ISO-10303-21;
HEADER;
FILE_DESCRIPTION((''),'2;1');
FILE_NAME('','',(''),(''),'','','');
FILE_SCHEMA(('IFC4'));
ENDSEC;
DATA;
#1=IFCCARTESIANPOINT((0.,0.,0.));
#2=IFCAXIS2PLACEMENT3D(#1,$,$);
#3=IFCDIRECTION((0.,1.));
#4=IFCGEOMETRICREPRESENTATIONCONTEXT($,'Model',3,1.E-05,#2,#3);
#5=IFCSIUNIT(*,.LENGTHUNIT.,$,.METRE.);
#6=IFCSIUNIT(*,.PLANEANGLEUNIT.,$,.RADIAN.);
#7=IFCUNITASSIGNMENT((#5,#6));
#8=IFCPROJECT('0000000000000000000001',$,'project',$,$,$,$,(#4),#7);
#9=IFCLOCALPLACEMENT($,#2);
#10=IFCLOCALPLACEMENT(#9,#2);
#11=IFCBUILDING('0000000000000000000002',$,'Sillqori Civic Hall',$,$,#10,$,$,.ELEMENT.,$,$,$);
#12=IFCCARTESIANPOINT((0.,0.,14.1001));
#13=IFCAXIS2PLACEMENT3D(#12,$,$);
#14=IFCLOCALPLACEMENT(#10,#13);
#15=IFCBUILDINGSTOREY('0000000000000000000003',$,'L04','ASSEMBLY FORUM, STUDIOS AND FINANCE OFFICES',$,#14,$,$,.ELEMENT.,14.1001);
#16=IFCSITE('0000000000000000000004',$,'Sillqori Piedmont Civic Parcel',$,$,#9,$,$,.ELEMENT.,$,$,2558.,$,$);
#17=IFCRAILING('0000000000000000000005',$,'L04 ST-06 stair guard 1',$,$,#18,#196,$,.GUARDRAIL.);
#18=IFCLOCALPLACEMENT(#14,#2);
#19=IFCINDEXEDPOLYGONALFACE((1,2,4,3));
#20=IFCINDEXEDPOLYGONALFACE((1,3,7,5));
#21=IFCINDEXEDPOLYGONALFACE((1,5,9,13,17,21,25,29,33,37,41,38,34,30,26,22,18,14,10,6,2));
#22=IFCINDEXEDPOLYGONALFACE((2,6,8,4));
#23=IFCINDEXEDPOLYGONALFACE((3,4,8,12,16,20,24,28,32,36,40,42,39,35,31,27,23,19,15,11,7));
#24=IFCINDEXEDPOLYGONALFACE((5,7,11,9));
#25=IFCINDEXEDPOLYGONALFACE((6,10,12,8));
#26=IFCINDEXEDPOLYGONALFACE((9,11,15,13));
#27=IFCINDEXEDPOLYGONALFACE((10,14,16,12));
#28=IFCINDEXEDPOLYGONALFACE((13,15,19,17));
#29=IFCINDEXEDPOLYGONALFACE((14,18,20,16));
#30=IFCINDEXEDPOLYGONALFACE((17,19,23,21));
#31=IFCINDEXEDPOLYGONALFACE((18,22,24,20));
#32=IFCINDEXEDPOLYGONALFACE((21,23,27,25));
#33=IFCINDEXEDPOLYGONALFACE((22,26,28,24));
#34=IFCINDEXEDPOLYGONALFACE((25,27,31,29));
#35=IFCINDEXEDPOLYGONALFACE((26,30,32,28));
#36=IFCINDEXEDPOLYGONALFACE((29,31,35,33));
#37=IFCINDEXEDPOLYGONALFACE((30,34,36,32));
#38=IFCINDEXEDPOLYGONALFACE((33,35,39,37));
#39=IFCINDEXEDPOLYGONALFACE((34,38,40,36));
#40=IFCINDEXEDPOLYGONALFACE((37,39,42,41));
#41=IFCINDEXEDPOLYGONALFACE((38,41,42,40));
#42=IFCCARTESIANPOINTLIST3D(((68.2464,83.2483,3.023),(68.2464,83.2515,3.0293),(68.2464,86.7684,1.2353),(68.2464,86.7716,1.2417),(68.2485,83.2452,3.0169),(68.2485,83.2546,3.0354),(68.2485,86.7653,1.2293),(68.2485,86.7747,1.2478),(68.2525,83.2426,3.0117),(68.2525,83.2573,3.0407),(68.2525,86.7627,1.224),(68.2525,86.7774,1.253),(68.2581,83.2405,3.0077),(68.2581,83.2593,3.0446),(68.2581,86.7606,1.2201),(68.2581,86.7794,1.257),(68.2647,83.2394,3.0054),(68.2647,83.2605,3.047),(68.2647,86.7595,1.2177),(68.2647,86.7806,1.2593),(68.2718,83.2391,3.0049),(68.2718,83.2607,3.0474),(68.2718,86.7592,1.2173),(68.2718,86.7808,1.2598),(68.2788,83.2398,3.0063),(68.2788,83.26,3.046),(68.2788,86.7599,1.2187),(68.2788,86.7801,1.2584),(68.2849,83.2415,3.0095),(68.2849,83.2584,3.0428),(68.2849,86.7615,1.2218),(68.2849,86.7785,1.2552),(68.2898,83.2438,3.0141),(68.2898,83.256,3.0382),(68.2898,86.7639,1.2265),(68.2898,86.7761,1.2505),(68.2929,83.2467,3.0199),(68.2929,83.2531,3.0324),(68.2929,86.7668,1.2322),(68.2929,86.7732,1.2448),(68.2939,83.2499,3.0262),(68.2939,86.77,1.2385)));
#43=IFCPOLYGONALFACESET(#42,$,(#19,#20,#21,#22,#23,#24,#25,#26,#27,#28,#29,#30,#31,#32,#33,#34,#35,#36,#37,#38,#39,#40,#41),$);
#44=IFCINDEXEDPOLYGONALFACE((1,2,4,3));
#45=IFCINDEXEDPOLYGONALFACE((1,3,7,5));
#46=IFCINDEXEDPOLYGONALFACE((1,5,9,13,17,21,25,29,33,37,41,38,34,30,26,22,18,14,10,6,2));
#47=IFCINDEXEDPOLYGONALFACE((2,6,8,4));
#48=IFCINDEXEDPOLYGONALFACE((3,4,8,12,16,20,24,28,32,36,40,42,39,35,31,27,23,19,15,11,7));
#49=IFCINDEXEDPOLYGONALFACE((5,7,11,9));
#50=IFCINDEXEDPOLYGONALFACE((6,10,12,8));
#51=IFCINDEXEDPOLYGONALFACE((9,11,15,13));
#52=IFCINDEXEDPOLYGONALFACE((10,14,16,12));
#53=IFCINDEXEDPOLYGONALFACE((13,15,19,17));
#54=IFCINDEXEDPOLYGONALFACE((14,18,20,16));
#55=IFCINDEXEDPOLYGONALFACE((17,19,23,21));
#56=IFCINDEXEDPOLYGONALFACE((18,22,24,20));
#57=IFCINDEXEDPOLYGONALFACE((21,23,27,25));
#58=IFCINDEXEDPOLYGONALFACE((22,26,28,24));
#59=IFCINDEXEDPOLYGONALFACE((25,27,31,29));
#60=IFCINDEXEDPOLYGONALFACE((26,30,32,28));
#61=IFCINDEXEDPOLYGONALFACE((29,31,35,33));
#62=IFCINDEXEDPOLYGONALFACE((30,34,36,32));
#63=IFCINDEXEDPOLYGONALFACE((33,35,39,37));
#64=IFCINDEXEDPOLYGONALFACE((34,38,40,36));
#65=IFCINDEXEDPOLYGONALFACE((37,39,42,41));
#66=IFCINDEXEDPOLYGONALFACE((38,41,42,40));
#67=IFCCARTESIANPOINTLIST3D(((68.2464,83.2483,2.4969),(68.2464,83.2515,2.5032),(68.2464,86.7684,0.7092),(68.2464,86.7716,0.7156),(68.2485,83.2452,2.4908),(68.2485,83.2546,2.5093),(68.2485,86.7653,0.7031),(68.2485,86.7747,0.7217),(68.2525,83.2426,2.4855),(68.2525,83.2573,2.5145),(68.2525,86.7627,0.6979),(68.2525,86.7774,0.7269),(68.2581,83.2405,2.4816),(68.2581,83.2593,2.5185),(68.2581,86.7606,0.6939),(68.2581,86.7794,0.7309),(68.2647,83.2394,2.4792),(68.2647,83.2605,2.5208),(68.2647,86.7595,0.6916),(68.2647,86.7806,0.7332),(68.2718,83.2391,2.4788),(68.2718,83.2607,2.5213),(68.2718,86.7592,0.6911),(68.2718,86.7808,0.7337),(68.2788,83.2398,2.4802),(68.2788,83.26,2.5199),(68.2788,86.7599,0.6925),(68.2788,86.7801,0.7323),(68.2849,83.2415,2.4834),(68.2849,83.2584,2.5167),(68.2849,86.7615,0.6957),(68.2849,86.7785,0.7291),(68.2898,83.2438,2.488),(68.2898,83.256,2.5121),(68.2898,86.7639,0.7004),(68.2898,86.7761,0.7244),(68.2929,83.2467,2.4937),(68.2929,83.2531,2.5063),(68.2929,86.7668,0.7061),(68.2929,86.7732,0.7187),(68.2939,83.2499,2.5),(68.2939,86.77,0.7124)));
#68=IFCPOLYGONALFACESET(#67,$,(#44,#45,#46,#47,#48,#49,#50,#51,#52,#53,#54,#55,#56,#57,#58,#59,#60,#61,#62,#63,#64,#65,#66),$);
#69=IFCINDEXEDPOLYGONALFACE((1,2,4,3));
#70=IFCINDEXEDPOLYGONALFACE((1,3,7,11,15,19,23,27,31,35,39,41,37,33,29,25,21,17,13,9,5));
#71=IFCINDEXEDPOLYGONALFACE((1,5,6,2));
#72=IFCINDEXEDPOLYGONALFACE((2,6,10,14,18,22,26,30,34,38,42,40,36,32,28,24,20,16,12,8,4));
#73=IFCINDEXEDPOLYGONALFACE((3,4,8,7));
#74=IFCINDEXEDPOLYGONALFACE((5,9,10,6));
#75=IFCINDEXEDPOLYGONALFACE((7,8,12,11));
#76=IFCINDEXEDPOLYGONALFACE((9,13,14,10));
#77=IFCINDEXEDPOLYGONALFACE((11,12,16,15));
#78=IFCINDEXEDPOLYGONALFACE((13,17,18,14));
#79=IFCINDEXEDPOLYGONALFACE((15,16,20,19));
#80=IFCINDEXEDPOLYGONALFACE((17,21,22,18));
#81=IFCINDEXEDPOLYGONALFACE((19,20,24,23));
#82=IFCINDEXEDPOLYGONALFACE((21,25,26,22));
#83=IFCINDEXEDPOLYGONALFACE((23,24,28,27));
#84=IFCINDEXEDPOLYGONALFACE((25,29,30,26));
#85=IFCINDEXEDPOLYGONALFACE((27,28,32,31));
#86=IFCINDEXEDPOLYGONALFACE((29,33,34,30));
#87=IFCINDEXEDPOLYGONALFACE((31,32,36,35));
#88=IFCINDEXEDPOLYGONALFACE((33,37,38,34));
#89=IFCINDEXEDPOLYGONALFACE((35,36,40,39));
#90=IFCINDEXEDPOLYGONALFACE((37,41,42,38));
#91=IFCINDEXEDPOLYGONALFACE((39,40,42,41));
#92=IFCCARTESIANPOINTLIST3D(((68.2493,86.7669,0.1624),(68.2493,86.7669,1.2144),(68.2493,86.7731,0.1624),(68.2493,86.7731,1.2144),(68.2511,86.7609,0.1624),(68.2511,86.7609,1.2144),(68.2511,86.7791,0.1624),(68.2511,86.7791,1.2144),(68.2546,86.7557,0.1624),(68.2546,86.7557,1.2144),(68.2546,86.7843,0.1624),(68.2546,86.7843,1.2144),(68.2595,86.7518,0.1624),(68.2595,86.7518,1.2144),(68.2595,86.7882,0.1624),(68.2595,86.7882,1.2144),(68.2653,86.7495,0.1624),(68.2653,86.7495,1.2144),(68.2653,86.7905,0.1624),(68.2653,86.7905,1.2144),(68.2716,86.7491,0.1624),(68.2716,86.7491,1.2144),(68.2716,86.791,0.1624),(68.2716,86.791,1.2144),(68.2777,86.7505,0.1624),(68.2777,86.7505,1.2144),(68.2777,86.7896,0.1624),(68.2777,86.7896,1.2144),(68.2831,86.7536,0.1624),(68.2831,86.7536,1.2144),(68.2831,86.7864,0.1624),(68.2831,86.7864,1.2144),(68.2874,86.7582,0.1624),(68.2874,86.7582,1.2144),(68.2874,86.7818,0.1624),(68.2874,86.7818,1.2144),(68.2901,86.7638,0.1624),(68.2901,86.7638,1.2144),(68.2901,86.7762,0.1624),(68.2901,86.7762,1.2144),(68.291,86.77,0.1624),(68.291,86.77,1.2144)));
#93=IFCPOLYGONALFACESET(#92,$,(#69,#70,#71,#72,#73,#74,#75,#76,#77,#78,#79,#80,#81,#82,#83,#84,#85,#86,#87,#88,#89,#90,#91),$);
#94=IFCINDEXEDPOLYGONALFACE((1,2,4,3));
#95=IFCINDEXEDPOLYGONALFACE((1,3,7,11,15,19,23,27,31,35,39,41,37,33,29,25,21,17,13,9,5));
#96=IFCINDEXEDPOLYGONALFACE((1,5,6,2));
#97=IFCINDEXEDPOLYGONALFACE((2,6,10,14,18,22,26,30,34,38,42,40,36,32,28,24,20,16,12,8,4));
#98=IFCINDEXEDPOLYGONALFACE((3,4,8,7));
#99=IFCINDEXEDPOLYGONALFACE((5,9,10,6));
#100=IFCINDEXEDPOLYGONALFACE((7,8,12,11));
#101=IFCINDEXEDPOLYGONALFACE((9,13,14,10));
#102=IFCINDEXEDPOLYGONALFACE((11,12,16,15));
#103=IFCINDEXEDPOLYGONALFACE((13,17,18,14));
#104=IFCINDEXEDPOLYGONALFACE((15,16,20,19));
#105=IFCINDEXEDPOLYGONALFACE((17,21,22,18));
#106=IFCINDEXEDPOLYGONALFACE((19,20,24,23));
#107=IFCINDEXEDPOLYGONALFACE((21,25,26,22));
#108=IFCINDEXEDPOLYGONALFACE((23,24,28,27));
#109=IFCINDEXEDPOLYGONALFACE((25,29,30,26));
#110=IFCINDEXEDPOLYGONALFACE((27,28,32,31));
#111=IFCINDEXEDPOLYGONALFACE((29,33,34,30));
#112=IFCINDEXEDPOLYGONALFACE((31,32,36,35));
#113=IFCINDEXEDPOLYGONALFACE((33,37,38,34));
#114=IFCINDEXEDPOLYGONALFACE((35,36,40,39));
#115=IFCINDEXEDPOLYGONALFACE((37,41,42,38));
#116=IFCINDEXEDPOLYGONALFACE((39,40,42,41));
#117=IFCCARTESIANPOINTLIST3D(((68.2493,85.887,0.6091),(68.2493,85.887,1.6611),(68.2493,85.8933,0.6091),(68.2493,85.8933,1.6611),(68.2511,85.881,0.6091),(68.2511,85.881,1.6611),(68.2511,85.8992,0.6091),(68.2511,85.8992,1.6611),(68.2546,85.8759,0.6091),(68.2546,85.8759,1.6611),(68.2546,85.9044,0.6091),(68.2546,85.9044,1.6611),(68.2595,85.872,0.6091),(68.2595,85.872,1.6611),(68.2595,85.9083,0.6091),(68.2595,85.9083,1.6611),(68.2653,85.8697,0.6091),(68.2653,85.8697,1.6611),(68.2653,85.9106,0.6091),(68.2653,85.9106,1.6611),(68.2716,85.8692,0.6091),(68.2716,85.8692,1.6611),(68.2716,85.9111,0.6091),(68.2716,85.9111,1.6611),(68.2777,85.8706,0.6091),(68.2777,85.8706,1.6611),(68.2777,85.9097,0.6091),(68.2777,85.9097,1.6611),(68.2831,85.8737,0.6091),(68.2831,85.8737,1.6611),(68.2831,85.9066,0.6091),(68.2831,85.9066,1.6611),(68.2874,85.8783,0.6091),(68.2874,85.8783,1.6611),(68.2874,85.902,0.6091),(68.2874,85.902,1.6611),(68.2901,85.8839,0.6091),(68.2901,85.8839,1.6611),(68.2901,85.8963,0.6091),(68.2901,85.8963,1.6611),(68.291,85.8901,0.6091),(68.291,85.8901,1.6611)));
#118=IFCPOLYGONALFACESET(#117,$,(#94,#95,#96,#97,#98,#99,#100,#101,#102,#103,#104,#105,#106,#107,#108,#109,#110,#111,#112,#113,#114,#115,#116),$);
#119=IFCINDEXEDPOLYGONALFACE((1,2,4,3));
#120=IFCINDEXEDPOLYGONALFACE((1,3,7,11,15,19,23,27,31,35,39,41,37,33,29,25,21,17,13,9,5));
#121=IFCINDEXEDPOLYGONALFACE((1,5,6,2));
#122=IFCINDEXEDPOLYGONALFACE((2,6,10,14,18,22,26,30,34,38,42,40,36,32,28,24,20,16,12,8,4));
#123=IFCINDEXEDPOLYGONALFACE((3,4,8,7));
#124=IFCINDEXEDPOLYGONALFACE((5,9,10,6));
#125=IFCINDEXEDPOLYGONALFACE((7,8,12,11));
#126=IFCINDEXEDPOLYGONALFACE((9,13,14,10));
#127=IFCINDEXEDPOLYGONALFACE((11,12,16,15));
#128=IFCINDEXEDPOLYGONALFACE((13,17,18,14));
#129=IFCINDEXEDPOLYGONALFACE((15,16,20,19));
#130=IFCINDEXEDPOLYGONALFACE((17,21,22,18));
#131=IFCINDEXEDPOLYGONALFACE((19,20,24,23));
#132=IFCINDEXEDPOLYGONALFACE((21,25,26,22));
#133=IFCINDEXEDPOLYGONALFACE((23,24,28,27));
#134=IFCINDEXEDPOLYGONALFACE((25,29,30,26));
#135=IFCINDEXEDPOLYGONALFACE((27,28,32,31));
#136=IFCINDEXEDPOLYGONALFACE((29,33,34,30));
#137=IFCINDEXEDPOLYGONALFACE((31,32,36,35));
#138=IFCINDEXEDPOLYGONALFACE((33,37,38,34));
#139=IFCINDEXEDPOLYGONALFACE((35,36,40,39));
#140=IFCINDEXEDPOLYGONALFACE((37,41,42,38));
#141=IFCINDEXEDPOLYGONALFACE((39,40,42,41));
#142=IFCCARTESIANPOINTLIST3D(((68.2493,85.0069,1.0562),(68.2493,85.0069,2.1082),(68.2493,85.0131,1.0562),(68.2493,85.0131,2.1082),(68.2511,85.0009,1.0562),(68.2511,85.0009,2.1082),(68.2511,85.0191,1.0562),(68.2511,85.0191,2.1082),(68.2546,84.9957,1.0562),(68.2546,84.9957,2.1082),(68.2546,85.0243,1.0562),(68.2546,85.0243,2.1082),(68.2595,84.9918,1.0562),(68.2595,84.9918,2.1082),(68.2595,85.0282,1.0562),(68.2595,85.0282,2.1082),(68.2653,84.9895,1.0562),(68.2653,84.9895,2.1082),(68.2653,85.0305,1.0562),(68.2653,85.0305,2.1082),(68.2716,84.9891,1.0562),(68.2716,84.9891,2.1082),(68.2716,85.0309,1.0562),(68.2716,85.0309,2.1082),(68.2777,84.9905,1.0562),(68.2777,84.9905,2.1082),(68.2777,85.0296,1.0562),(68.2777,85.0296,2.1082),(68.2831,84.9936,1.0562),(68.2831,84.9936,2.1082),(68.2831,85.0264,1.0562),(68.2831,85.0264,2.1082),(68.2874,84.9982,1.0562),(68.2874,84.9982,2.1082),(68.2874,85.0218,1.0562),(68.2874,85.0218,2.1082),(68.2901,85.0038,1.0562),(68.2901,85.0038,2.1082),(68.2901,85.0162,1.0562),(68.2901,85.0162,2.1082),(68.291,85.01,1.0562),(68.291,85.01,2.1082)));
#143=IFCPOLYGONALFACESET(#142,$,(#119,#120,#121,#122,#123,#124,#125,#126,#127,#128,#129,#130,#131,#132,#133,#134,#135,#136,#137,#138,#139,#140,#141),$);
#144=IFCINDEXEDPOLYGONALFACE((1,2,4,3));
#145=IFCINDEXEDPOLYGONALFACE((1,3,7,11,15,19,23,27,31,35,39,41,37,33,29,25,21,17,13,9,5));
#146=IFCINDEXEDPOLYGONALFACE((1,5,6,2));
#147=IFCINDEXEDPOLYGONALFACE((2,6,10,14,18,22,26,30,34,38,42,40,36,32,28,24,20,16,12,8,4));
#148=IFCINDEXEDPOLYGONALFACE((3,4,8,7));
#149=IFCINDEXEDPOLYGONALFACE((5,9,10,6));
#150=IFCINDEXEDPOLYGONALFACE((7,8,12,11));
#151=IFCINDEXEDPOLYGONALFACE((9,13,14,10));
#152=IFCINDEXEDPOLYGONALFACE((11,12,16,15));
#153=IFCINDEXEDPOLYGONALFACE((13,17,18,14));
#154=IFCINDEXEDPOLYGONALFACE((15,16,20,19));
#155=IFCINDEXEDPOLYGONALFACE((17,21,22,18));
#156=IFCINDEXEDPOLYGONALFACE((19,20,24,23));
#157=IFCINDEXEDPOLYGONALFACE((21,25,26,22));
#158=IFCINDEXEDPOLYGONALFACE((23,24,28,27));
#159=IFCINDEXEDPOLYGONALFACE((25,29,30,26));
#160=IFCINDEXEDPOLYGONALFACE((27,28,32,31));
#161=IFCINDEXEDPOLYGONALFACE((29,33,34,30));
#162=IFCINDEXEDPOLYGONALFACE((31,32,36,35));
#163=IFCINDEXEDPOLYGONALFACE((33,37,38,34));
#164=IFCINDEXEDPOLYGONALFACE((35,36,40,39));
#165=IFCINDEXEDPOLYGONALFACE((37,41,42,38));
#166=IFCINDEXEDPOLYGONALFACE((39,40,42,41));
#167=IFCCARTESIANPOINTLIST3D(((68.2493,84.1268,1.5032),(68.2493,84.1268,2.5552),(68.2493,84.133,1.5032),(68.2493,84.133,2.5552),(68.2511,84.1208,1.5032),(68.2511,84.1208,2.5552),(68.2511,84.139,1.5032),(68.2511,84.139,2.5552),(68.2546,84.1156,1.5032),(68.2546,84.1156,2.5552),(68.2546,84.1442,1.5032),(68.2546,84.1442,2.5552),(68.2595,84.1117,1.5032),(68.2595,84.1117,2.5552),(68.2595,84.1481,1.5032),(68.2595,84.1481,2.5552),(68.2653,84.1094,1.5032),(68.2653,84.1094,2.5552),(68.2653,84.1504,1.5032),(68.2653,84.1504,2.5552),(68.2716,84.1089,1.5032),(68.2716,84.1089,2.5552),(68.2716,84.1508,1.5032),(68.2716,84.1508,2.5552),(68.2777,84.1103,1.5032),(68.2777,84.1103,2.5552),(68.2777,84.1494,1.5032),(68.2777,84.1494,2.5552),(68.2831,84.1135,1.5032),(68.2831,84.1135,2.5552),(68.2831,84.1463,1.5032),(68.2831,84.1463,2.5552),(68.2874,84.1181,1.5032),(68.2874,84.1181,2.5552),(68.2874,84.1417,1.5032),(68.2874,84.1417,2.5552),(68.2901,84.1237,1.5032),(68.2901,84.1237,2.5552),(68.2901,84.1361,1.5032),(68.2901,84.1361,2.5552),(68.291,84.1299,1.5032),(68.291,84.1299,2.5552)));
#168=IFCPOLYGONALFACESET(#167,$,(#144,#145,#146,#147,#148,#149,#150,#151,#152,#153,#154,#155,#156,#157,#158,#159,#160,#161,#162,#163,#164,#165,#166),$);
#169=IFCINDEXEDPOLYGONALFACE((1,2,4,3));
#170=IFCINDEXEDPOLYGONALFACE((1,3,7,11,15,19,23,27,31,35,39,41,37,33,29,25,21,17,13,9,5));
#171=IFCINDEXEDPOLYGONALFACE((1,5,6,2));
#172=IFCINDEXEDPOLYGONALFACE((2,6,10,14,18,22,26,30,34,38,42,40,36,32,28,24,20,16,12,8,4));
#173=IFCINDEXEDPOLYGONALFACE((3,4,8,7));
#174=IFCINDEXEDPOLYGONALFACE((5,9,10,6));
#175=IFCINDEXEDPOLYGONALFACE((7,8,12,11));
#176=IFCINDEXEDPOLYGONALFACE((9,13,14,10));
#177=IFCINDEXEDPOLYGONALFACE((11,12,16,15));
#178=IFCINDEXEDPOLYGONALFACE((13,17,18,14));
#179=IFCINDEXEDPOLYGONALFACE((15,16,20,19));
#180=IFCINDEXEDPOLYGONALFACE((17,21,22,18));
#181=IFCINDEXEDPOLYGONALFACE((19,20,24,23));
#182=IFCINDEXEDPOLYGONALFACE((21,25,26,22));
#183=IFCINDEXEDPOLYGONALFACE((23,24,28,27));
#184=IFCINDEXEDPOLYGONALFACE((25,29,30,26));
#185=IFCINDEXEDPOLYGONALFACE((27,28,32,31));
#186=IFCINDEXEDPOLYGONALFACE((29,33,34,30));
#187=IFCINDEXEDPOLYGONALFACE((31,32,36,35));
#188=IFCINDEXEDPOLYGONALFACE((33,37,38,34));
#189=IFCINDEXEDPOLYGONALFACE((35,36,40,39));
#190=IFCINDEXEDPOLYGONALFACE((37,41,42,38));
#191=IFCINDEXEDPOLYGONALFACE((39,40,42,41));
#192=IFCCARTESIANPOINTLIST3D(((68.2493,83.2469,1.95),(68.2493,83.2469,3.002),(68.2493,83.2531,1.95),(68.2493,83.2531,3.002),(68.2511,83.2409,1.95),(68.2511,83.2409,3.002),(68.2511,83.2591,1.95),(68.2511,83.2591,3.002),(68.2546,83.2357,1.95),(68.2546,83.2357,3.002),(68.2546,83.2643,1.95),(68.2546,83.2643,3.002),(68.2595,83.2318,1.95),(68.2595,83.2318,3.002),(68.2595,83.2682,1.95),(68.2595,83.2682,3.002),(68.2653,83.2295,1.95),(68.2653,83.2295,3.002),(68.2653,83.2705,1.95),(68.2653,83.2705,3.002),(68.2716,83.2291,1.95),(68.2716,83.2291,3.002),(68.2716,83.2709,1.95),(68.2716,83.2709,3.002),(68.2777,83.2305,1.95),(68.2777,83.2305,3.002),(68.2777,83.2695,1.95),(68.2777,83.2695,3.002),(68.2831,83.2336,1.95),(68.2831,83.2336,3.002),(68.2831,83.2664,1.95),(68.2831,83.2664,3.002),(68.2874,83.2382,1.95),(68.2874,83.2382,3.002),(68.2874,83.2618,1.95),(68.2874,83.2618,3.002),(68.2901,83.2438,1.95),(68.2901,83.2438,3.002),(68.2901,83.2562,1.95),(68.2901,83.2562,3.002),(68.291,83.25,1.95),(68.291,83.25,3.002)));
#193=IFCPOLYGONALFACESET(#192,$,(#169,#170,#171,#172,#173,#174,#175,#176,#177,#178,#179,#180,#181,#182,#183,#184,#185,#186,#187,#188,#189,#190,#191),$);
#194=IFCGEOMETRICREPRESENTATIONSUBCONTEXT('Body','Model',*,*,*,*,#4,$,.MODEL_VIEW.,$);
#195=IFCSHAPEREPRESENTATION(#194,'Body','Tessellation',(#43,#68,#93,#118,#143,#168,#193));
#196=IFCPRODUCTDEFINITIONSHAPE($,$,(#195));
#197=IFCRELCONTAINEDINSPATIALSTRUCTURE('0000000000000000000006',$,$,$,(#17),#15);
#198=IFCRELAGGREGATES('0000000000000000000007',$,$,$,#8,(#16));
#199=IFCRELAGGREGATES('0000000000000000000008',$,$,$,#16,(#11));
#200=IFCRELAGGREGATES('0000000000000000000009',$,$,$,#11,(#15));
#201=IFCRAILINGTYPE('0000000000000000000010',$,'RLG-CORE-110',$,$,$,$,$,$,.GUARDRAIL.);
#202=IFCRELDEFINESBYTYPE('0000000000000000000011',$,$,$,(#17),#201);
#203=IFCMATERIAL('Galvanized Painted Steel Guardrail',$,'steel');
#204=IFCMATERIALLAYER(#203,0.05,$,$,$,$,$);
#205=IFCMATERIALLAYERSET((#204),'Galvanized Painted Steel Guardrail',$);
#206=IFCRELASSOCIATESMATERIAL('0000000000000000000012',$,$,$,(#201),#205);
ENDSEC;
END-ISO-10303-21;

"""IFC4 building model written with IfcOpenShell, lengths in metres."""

from ifc_helpers import new_model, si_unit, direction, frame, origin, origin_2d, place, context, subcontext, project, spatial, circle, extrude, material, layer, layer_set, type_object, element, save


model = new_model("IFC4")

# Units and contexts
model_context = context("Model", 3, precision=1e-05, world=origin(), true_north=direction((0.0, 1.0)))
body_context = subcontext(model_context, "Body", "Model", "MODEL_VIEW")
ifc_project = project(units=[si_unit("LENGTHUNIT", "METRE"), si_unit("PLANEANGLEUNIT", "RADIAN")], contexts=[model_context])

# Site, building, storey
site_placement = place(None, origin())
site = spatial("IfcSite", under=ifc_project, at=site_placement, Name="Sillqori Piedmont Civic Parcel", CompositionType="ELEMENT", RefElevation=2558.0)
building_placement = place(site_placement, origin())
building = spatial("IfcBuilding", under=site, at=building_placement, Name="Sillqori Civic Hall", CompositionType="ELEMENT")
storey_placement = place(building_placement, frame((0.0, 0.0, 14.1001)))
storey = spatial("IfcBuildingStorey", under=building, at=storey_placement, Name="L04", Description="ASSEMBLY FORUM, STUDIOS AND FINANCE OFFICES", CompositionType="ELEMENT", Elevation=14.1001)

# Railing
ifc_material_1 = material(Name="Galvanized Painted Steel Guardrail", Category="steel")
ifc_layer_1 = layer(ifc_material_1, 0.05)
ifc_layer_set_1 = layer_set([ifc_layer_1], Name="Galvanized Painted Steel Guardrail")
railing_type_1 = type_object("IfcRailingType", Name="RLG-CORE-110", PredefinedType="GUARDRAIL", material=ifc_layer_set_1)
railing_1_placement = place(storey_placement, frame((68.27, 86.77, 0.1624)))
element("IfcRailing", 1, at=railing_1_placement, inside=storey, type_object=railing_type_1, Name="L04 ST-06 stair guard 1", PredefinedType="GUARDRAIL", context=body_context, shape_type="SweptSolid", body=[
    extrude(circle(Radius=0.0239, at=origin_2d()), frame((0.0, 0.0, 1.0762), z_axis=(0.0, -0.891615, 0.452795), x_axis=(1.0, 0.0, 0.0)), (0.0, 0.0, 1.0), 3.948),
    extrude(circle(Radius=0.0239, at=origin_2d()), frame((0.0, 0.0, 0.55), z_axis=(0.0, -0.891615, 0.452795), x_axis=(1.0, 0.0, 0.0)), (0.0, 0.0, 1.0), 3.948),
    extrude(circle(Radius=0.021, at=origin_2d()), origin(), (0.0, 0.0, 1.0), 1.052),
    extrude(circle(Radius=0.021, at=origin_2d()), frame((0.0, -0.8799, 0.4468)), (0.0, 0.0, 1.0), 1.052),
    extrude(circle(Radius=0.021, at=origin_2d()), frame((0.0, -1.76, 0.8938)), (0.0, 0.0, 1.0), 1.052),
    extrude(circle(Radius=0.021, at=origin_2d()), frame((0.0, -2.6401, 1.3408)), (0.0, 0.0, 1.0), 1.052),
    extrude(circle(Radius=0.021, at=origin_2d()), frame((0.0, -3.52, 1.7876)), (0.0, 0.0, 1.0), 1.052),
])

save(model, "model.ifc")
